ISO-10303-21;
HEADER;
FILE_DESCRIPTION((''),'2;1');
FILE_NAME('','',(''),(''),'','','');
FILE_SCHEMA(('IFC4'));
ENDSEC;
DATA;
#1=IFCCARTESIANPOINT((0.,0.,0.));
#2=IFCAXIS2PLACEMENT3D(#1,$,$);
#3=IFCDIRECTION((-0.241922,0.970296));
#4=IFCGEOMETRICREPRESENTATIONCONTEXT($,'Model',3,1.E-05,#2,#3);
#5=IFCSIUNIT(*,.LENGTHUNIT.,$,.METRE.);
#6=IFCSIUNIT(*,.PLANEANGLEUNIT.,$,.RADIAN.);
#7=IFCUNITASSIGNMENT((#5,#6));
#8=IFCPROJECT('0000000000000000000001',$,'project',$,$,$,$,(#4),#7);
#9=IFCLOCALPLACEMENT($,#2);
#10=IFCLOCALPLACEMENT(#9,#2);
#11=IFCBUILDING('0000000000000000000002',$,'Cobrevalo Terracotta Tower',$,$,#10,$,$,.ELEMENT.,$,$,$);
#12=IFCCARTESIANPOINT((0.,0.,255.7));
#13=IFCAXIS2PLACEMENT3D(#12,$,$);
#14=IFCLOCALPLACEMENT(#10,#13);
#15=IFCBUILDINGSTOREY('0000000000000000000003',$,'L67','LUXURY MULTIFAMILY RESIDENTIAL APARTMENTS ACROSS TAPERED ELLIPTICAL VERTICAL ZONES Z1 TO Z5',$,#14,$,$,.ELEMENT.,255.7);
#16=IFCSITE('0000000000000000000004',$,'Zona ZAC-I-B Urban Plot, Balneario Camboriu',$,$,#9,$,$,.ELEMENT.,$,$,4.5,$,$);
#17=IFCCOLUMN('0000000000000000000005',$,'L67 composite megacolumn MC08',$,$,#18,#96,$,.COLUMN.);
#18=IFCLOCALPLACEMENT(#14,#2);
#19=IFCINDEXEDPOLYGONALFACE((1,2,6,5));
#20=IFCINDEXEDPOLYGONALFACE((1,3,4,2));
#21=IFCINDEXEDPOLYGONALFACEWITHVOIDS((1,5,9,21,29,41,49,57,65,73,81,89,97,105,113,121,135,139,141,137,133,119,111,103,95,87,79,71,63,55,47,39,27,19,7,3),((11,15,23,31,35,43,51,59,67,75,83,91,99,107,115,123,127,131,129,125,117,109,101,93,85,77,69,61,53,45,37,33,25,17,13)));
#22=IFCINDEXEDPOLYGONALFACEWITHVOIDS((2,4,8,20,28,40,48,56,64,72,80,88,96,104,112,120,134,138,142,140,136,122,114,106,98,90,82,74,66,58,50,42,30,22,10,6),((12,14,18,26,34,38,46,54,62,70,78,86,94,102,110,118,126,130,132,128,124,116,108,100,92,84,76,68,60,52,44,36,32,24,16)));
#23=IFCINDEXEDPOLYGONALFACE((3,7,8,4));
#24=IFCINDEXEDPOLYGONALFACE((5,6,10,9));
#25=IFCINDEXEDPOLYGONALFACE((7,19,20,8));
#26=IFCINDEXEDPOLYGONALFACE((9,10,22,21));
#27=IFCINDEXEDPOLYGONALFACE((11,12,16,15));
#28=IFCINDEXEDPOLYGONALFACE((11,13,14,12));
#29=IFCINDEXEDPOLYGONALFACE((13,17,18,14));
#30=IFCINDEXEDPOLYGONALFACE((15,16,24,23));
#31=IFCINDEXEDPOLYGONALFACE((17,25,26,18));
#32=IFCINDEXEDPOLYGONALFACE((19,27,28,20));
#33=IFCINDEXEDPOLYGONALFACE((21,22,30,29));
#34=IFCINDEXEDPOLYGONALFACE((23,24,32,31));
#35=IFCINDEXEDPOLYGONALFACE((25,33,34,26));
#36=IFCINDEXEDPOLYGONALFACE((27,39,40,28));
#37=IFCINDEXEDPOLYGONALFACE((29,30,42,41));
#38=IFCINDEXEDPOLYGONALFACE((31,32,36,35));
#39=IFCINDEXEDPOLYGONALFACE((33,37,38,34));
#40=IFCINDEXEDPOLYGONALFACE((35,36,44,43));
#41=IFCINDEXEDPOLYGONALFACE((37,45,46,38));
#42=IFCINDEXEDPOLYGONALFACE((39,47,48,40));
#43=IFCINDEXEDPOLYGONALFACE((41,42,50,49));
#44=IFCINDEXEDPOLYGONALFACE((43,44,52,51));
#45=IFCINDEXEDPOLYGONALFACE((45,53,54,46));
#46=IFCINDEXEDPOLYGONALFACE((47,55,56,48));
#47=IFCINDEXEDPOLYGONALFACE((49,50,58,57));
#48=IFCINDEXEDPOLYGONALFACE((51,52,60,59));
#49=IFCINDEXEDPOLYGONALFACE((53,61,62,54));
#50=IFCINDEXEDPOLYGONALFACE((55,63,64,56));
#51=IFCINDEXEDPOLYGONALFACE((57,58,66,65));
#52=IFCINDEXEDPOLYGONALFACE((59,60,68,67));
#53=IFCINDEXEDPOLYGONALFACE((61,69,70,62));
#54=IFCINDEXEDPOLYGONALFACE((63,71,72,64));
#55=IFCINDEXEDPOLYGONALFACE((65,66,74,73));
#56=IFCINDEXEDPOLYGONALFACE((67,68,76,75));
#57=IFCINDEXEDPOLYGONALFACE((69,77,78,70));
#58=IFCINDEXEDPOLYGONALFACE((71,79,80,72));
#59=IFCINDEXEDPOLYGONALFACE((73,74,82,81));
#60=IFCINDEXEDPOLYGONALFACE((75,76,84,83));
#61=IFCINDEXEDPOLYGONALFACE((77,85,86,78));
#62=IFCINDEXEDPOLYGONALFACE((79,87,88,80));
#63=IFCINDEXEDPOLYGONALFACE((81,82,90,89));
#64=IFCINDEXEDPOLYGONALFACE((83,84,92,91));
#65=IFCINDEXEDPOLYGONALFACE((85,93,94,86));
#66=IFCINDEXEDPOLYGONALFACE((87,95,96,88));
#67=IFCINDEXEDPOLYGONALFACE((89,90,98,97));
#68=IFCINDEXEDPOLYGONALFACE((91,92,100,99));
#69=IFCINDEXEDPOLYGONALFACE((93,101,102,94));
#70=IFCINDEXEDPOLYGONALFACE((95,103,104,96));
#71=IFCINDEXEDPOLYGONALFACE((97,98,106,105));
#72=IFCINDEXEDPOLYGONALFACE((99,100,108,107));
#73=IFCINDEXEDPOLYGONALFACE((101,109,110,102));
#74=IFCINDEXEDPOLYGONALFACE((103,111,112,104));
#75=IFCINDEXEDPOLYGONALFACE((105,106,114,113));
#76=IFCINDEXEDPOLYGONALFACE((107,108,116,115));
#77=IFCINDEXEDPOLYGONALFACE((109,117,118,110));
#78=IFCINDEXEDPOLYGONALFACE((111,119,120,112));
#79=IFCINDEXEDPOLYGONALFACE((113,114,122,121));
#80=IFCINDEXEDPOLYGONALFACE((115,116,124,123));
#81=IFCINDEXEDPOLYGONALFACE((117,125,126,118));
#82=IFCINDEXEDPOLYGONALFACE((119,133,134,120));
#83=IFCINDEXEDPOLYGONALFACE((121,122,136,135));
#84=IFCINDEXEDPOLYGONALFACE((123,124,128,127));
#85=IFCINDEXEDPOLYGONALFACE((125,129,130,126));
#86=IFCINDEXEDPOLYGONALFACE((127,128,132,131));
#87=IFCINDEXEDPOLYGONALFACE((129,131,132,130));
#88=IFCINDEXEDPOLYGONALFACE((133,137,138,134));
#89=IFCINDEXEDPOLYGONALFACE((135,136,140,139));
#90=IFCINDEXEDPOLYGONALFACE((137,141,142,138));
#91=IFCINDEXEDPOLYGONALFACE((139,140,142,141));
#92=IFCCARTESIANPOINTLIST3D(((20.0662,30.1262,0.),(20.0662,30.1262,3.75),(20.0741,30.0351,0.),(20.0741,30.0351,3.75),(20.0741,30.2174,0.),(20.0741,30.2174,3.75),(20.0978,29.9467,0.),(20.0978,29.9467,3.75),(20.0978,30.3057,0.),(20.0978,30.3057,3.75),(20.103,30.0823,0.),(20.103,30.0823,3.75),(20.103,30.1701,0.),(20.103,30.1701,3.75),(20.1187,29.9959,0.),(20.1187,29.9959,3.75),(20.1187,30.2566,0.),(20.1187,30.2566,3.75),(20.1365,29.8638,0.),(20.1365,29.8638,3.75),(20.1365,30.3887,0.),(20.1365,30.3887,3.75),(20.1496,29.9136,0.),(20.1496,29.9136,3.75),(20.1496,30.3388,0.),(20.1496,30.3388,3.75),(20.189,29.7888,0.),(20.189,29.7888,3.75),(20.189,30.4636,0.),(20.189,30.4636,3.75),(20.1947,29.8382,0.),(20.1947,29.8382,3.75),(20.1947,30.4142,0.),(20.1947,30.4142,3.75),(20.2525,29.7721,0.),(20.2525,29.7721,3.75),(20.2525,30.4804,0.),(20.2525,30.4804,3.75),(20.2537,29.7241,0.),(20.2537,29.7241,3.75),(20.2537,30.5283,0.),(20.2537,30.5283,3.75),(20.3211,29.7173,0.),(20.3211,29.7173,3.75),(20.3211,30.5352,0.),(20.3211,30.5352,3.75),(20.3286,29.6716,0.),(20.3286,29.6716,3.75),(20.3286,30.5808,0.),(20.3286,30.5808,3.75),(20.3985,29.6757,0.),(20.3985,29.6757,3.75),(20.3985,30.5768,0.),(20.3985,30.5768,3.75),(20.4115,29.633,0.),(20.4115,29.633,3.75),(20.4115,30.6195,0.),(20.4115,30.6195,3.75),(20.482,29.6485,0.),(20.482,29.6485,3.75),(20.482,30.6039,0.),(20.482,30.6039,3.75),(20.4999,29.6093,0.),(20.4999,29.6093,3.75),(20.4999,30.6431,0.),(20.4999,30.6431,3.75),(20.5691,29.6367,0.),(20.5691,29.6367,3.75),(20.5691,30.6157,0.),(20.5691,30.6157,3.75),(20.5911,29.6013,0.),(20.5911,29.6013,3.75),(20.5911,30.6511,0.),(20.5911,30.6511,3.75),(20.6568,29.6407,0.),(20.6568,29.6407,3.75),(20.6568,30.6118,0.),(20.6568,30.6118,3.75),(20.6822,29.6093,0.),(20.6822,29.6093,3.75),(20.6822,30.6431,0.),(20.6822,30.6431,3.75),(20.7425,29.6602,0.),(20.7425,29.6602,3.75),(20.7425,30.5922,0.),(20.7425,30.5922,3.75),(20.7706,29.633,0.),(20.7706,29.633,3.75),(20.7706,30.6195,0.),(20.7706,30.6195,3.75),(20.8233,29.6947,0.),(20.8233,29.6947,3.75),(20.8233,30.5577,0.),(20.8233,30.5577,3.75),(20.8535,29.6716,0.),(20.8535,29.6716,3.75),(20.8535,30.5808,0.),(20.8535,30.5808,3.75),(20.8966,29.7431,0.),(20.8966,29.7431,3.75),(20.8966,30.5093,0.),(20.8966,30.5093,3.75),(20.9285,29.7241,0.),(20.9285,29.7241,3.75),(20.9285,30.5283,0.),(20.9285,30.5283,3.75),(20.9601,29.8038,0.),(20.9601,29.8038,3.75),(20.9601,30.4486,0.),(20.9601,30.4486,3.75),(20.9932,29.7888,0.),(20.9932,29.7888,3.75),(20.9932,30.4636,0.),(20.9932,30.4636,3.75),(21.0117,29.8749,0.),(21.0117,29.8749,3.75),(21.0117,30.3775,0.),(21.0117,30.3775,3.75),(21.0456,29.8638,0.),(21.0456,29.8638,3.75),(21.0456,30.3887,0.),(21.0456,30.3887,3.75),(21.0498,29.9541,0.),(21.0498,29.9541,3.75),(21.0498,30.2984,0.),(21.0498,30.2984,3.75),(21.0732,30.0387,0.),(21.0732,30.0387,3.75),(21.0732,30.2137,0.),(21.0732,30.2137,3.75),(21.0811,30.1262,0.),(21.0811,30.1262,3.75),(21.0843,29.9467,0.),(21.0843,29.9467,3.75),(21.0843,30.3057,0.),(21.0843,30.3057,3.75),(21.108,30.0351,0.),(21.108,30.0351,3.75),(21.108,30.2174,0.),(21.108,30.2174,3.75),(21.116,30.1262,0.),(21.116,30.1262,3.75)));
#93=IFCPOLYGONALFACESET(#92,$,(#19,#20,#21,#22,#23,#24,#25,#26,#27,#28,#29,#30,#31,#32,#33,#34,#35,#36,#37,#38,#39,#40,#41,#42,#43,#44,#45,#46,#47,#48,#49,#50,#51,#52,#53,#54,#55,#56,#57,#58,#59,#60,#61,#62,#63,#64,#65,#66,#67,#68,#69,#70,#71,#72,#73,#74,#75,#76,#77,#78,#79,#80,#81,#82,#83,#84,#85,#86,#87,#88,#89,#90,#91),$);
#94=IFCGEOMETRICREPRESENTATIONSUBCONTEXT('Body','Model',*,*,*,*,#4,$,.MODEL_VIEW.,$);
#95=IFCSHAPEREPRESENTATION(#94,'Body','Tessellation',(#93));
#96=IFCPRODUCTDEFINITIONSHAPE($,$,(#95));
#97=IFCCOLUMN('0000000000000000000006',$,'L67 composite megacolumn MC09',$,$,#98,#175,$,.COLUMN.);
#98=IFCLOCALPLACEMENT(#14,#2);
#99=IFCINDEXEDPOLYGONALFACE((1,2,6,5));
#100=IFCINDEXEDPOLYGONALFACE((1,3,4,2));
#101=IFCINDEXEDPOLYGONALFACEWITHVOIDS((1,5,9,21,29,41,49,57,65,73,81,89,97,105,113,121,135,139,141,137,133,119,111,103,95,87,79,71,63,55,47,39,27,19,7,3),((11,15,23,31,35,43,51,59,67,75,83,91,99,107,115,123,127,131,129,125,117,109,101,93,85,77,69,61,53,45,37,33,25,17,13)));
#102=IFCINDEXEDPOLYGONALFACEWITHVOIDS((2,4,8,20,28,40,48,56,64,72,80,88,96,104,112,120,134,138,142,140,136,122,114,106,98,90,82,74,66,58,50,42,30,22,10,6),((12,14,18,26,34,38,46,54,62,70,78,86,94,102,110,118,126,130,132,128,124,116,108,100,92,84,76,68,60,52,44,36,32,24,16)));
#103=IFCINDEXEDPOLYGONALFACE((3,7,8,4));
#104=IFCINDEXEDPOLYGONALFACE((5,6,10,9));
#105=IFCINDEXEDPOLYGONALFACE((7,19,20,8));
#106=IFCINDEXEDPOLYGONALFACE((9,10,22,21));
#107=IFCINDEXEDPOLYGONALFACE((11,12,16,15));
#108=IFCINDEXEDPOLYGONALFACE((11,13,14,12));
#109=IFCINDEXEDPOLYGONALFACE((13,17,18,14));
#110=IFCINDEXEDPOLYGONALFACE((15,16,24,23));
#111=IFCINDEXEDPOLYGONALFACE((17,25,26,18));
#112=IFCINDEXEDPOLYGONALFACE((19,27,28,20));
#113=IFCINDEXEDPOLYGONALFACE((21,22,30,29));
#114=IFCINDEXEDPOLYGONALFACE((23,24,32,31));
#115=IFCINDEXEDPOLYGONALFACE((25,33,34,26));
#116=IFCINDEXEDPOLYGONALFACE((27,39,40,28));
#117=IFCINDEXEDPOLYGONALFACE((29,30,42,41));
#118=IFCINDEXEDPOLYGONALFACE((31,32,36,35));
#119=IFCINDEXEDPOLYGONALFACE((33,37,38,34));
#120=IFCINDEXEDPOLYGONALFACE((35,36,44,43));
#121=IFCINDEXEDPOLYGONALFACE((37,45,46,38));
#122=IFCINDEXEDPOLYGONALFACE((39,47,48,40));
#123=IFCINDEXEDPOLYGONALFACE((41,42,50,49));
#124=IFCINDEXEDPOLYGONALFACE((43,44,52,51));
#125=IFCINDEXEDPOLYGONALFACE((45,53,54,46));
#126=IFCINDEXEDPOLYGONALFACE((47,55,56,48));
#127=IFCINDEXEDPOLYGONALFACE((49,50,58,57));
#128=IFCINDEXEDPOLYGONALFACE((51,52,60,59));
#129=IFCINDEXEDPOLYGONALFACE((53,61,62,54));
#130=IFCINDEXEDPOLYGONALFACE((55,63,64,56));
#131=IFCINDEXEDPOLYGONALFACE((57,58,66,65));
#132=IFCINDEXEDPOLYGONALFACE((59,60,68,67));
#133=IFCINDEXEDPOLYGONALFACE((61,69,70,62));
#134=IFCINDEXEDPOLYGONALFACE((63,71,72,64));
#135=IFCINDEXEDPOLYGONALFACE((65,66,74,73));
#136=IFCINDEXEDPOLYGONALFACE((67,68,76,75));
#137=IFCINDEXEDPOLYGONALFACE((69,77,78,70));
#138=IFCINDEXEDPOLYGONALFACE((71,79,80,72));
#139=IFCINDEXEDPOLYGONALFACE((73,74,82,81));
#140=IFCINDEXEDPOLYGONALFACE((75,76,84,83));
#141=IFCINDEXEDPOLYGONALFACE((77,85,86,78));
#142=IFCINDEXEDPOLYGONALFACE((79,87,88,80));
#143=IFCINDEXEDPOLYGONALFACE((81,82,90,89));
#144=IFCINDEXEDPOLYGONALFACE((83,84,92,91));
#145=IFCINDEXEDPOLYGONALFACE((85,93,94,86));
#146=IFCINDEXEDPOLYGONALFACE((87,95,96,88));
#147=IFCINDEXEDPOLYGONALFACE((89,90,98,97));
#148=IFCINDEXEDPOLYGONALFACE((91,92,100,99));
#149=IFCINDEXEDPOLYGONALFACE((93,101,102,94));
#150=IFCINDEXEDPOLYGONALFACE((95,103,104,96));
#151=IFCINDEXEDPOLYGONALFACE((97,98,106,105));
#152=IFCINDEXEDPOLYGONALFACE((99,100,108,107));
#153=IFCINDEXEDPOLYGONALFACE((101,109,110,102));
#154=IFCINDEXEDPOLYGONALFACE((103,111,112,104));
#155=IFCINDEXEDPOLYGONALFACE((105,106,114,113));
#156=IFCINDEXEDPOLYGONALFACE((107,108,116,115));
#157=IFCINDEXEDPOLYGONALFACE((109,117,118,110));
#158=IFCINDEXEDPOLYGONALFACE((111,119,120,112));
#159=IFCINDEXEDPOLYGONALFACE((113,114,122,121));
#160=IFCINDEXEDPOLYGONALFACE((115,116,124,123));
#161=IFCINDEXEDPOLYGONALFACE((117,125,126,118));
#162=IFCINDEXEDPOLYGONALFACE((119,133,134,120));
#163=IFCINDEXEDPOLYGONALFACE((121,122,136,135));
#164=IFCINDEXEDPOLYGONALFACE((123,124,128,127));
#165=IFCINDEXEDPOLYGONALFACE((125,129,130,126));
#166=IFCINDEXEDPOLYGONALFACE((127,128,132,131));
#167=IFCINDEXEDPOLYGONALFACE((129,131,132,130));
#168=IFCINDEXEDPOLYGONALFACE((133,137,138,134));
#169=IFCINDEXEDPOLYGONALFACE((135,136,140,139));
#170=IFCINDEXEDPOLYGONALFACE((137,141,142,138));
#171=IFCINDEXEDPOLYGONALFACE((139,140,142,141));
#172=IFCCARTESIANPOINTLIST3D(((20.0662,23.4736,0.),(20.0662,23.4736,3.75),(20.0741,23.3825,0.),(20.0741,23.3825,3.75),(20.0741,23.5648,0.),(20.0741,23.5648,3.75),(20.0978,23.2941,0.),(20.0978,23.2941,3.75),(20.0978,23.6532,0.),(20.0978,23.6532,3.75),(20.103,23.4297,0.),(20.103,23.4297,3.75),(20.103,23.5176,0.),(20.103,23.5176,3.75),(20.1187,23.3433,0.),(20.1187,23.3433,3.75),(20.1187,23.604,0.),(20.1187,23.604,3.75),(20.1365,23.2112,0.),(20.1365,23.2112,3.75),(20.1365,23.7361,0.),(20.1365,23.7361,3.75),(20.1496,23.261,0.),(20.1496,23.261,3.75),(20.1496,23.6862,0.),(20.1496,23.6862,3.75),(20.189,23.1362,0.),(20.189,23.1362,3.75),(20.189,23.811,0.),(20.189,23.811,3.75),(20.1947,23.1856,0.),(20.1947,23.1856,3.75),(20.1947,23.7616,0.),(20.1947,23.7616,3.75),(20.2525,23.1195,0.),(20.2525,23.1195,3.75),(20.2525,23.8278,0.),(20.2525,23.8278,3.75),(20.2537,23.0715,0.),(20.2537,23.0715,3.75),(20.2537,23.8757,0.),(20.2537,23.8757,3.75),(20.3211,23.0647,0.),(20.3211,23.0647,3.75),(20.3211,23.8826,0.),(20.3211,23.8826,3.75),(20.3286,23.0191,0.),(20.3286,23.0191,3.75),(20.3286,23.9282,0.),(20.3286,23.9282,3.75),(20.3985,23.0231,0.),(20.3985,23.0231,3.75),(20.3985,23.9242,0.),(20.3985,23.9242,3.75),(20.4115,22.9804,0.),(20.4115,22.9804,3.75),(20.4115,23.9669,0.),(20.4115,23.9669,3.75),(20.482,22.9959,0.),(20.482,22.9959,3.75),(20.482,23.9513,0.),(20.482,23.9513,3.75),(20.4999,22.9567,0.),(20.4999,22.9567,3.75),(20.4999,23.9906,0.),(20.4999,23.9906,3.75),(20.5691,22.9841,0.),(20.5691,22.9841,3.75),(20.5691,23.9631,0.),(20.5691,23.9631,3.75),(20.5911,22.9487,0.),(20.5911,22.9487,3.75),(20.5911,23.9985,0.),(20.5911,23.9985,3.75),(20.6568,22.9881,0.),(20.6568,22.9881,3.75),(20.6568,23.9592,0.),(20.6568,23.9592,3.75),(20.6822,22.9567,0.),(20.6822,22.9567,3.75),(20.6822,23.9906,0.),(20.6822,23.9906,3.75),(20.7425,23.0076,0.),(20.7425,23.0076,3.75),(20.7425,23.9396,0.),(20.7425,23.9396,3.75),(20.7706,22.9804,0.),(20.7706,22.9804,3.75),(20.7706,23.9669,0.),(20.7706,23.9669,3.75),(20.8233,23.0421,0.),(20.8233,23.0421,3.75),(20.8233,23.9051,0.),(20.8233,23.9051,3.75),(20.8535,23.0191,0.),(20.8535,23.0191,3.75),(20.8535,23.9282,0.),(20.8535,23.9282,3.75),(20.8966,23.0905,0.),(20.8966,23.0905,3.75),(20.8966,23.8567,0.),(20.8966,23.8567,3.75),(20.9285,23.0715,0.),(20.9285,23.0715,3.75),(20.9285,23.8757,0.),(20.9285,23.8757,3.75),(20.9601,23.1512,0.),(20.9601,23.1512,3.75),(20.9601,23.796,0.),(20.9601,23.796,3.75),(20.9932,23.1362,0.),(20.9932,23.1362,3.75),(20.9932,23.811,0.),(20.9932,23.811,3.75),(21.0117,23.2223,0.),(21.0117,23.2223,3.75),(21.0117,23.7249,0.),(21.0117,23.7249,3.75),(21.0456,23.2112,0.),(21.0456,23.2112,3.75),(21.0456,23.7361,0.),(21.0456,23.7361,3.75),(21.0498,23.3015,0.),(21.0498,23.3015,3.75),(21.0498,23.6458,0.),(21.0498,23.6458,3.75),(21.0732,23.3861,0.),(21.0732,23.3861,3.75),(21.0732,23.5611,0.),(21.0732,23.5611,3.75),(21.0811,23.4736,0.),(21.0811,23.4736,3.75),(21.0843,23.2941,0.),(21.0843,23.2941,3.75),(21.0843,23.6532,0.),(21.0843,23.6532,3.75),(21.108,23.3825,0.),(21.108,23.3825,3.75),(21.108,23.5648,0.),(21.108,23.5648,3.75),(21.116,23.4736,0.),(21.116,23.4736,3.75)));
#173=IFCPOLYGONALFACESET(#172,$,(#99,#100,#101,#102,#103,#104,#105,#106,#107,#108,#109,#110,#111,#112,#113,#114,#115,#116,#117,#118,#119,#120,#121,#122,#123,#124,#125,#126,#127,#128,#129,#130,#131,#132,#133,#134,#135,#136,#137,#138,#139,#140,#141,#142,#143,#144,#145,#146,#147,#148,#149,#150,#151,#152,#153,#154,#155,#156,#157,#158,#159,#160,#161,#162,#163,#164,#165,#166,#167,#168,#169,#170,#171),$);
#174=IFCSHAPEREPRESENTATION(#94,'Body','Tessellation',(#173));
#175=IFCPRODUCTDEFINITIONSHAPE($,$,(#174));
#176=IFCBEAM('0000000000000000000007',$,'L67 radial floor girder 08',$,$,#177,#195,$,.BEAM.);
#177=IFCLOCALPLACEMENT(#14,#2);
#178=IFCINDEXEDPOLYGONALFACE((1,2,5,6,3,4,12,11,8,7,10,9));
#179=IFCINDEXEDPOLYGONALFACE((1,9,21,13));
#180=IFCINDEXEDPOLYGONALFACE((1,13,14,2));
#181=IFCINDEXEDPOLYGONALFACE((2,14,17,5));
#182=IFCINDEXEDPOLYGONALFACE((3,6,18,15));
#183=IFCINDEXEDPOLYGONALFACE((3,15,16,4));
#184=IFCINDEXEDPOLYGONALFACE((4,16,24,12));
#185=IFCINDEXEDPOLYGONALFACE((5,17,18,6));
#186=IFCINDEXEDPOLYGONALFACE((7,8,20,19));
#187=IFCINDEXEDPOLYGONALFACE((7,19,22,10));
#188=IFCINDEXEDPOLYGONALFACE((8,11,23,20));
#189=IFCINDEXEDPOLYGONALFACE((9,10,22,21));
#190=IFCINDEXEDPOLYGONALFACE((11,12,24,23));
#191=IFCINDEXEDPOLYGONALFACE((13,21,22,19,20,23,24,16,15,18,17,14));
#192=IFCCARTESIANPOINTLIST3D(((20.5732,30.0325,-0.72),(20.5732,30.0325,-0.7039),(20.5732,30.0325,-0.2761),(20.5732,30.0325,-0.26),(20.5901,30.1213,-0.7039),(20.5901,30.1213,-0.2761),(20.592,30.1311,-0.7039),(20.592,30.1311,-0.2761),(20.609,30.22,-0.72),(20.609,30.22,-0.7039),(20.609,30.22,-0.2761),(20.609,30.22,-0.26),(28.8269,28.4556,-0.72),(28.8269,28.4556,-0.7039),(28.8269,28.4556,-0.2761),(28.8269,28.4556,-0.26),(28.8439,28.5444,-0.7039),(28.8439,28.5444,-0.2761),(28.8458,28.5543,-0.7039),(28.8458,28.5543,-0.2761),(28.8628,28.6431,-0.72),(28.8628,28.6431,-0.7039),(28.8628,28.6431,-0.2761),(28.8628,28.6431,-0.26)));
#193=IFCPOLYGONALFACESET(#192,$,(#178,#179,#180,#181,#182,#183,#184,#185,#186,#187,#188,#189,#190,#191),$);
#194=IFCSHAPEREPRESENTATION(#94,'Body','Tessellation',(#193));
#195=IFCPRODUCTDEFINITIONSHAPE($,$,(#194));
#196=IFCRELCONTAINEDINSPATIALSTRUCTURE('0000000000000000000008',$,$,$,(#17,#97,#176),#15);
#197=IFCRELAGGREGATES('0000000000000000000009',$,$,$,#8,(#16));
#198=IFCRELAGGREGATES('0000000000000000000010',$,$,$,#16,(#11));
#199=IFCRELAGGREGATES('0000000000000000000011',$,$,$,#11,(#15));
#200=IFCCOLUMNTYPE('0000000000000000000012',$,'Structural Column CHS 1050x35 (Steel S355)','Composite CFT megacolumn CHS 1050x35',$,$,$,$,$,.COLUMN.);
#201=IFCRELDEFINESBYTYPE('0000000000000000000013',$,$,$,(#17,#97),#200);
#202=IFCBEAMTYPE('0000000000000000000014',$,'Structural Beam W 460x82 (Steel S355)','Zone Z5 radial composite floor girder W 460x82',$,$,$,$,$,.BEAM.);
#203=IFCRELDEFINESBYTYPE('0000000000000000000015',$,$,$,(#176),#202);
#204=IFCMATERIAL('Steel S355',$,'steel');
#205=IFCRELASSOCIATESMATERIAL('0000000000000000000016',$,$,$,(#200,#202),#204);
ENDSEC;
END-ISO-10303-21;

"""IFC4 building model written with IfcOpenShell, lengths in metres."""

from ifc_helpers import new_model, si_unit, direction, frame, origin, origin_2d, place, context, subcontext, project, spatial, hollow_circle, i_section, extrude, material, material_profile, profile_set, type_object, element, save


model = new_model("IFC4")

# Units and contexts
model_context = context("Model", 3, precision=1e-05, world=origin(), true_north=direction((-0.241922, 0.970296)))
body_context = subcontext(model_context, "Body", "Model", "MODEL_VIEW")
ifc_project = project(units=[si_unit("LENGTHUNIT", "METRE"), si_unit("PLANEANGLEUNIT", "RADIAN")], contexts=[model_context])

# Site, building, storey
site_placement = place(None, origin())
site = spatial("IfcSite", under=ifc_project, at=site_placement, Name="Zona ZAC-I-B Urban Plot, Balneario Camboriu", CompositionType="ELEMENT", RefElevation=4.5)
building_placement = place(site_placement, origin())
building = spatial("IfcBuilding", under=site, at=building_placement, Name="Cobrevalo Terracotta Tower", CompositionType="ELEMENT")
storey_placement = place(building_placement, frame((0.0, 0.0, 255.7)))
storey = spatial("IfcBuildingStorey", under=building, at=storey_placement, Name="L67", Description="LUXURY MULTIFAMILY RESIDENTIAL APARTMENTS ACROSS TAPERED ELLIPTICAL VERTICAL ZONES Z1 TO Z5", CompositionType="ELEMENT", Elevation=255.7)

# Columns
ifc_material_1 = material(Name="Steel S355", Category="steel")
ifc_material_profile_1 = material_profile(ifc_material_1, hollow_circle(Radius=0.5249, WallThickness=0.0349, at=origin_2d()), Name="CHS 1050x35")
ifc_profile_set_1 = profile_set([ifc_material_profile_1], Name="Steel S355")
column_type = type_object("IfcColumnType", Name="Structural Column CHS 1050x35 (Steel S355)", Description="Composite CFT megacolumn CHS 1050x35", PredefinedType="COLUMN", material=ifc_profile_set_1)
for number, where, z_axis, x_axis, name in (
    (1, (20.5911, 30.1262, 0.0), (0.0, 0.0, 1.0), (1.0, 0.0, 0.0), "L67 composite megacolumn MC08"),
    (2, (20.5911, 23.4736, 0.0), (0.0, 0.0, 1.0), (1.0, 0.0, 0.0), "L67 composite megacolumn MC09"),
):
    element("IfcColumn", number, at=place(storey_placement, frame(where, z_axis=z_axis, x_axis=x_axis)), inside=storey, type_object=column_type, Name=name, PredefinedType="COLUMN", context=body_context, shape_type="SweptSolid", body=[
        extrude(hollow_circle(Radius=0.5249, WallThickness=0.0349, at=origin_2d()), origin(), (0.0, 0.0, 1.0), 3.75),
    ])

# Beam
ifc_material_profile_2 = material_profile(ifc_material_1, i_section(OverallWidth=0.1909, OverallDepth=0.46, WebThickness=0.01, FlangeThickness=0.0161, at=origin_2d()), Name="W 460x82")
ifc_profile_set_2 = profile_set([ifc_material_profile_2], Name="Steel S355")
beam_type_1 = type_object("IfcBeamType", Name="Structural Beam W 460x82 (Steel S355)", Description="Zone Z5 radial composite floor girder W 460x82", PredefinedType="BEAM", material=ifc_profile_set_2)
beam_1_placement = place(storey_placement, frame((20.5911, 30.1262, -0.49), z_axis=(0.982235, -0.187655, 0.0), x_axis=(0.187655, 0.982235, 0.0)))
element("IfcBeam", 3, at=beam_1_placement, inside=storey, type_object=beam_type_1, Name="L67 radial floor girder 08", PredefinedType="BEAM", context=body_context, shape_type="SweptSolid", body=[
    extrude(i_section(OverallWidth=0.1909, OverallDepth=0.46, WebThickness=0.01, FlangeThickness=0.0161, at=origin_2d()), origin(), (0.0, 0.0, 1.0), 8.4031),
])

save(model, "model.ifc")
